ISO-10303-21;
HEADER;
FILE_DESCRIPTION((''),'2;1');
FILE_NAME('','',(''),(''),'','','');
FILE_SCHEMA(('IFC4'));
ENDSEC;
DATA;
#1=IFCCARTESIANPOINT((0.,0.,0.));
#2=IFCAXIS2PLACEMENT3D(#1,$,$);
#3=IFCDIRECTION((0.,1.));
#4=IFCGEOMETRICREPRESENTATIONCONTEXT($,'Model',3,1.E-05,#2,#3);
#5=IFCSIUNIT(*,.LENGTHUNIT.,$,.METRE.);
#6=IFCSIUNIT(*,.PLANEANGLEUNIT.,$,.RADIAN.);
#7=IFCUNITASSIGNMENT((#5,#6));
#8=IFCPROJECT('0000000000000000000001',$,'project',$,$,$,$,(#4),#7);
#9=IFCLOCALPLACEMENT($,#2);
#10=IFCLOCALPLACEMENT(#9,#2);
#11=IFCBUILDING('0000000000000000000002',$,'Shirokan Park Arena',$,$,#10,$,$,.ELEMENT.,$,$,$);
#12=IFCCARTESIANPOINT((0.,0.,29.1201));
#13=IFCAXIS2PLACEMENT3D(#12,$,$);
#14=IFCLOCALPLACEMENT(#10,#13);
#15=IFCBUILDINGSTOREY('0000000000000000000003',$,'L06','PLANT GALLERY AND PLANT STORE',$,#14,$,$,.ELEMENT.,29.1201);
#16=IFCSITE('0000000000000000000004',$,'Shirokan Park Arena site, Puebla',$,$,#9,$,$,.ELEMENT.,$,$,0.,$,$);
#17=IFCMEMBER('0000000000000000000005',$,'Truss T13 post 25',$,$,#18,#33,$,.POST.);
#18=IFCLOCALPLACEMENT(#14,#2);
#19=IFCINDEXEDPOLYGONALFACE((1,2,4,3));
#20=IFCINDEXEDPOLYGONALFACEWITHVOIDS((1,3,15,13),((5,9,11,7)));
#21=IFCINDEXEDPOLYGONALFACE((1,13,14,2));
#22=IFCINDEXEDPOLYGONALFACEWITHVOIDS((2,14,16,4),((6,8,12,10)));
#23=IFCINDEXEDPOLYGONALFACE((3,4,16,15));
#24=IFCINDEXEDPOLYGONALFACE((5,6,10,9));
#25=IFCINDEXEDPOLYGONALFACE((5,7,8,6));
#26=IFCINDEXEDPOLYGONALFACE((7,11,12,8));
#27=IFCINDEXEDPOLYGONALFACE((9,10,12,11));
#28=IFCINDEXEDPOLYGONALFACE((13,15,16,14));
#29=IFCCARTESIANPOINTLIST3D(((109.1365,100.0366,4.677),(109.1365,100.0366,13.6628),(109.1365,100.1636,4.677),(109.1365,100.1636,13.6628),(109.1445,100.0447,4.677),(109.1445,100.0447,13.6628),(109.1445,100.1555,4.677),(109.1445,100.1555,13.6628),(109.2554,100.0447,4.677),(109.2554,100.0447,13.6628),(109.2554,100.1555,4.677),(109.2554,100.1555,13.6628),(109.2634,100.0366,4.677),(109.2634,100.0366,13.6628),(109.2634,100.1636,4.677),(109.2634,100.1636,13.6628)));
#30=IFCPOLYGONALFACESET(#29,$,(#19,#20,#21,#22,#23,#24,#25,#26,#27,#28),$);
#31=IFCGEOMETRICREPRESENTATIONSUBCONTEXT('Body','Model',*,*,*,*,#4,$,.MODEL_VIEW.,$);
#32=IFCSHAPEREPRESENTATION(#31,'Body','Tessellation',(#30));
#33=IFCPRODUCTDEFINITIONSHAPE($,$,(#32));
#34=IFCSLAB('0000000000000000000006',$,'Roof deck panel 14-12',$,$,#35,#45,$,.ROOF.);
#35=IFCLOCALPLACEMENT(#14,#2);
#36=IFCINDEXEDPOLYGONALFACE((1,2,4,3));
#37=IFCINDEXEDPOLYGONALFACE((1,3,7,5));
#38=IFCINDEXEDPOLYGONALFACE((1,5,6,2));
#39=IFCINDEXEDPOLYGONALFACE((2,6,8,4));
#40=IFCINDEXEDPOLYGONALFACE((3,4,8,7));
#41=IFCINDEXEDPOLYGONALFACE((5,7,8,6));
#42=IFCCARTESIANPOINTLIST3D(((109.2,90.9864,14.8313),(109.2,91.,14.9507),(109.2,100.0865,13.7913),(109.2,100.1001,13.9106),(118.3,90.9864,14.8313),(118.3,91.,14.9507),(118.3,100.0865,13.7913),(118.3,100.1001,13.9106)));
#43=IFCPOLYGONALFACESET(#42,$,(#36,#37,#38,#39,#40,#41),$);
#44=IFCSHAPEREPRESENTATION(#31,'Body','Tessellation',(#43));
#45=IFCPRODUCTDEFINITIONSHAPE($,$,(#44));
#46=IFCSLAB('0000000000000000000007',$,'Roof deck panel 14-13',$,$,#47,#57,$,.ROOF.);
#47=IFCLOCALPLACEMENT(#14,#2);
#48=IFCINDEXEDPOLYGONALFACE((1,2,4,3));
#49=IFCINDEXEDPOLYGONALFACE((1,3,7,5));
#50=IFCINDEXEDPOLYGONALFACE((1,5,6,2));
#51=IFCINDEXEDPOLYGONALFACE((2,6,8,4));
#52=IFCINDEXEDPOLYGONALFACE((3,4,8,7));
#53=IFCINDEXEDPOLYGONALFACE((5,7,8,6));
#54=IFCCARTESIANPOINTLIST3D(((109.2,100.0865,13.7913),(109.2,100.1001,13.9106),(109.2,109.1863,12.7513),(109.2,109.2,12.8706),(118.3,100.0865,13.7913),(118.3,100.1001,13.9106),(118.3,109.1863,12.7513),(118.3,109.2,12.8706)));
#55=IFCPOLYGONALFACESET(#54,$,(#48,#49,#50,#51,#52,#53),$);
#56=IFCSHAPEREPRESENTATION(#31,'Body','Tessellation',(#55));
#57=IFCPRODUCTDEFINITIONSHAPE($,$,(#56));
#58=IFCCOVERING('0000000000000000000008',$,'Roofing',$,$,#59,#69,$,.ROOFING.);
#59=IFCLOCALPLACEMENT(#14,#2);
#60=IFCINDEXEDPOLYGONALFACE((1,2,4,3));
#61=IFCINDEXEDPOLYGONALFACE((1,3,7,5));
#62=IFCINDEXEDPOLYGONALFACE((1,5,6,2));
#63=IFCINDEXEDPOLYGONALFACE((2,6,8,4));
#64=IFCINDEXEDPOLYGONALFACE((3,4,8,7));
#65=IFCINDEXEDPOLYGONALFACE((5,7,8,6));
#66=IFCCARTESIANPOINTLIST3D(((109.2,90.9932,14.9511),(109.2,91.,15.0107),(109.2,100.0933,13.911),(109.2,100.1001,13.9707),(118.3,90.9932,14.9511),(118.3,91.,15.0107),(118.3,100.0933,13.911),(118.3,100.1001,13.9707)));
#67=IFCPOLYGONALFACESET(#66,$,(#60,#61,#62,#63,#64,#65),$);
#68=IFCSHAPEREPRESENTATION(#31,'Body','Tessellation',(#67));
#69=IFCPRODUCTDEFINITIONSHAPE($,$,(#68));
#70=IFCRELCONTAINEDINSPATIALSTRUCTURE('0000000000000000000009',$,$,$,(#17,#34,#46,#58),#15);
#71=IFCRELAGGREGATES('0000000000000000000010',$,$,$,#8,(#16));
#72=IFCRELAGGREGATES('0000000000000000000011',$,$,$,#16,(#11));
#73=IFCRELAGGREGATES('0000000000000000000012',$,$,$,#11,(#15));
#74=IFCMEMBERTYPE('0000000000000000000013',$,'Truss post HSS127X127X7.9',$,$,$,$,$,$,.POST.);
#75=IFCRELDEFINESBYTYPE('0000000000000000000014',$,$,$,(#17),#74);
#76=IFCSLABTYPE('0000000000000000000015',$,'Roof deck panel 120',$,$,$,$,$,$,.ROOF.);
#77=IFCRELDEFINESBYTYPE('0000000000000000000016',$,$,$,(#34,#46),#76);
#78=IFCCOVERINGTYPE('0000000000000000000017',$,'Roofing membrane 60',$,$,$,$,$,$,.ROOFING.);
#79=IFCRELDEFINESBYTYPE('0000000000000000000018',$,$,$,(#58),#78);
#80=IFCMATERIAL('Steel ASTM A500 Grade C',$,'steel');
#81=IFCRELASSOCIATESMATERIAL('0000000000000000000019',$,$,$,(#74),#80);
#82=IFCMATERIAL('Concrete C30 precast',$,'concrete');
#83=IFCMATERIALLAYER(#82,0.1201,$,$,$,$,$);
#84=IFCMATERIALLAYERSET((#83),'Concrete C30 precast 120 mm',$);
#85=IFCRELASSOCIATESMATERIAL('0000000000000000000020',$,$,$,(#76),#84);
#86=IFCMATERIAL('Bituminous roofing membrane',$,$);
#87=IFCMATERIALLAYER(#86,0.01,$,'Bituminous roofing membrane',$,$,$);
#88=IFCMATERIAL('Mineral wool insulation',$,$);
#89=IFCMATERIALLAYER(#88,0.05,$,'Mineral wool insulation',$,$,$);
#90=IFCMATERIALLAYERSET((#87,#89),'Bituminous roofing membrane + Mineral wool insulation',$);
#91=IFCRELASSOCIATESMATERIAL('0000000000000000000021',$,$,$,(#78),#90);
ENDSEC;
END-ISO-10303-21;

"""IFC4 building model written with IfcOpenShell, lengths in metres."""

from ifc_helpers import new_model, si_unit, direction, frame, origin, origin_2d, place, context, subcontext, project, spatial, polyline, hollow_rectangle, outline, extrude, material, layer, layer_set, material_profile, profile_set, type_object, element, save


model = new_model("IFC4")

# Units and contexts
model_context = context("Model", 3, precision=1e-05, world=origin(), true_north=direction((0.0, 1.0)))
body_context = subcontext(model_context, "Body", "Model", "MODEL_VIEW")
ifc_project = project(units=[si_unit("LENGTHUNIT", "METRE"), si_unit("PLANEANGLEUNIT", "RADIAN")], contexts=[model_context])

# Site, building, storey
site_placement = place(None, origin())
site = spatial("IfcSite", under=ifc_project, at=site_placement, Name="Shirokan Park Arena site, Puebla", CompositionType="ELEMENT", RefElevation=0.0)
building_placement = place(site_placement, origin())
building = spatial("IfcBuilding", under=site, at=building_placement, Name="Shirokan Park Arena", CompositionType="ELEMENT")
storey_placement = place(building_placement, frame((0.0, 0.0, 29.1201)))
storey = spatial("IfcBuildingStorey", under=building, at=storey_placement, Name="L06", Description="PLANT GALLERY AND PLANT STORE", CompositionType="ELEMENT", Elevation=29.1201)

# Member
ifc_material_1 = material(Name="Steel ASTM A500 Grade C", Category="steel")
ifc_material_profile_1 = material_profile(ifc_material_1, hollow_rectangle(XDim=0.127, YDim=0.127, WallThickness=0.0081, at=origin_2d()), Name="HSS127X127X7.9")
ifc_profile_set_1 = profile_set([ifc_material_profile_1], Name="Steel ASTM A500 Grade C")
member_type_1 = type_object("IfcMemberType", Name="Truss post HSS127X127X7.9", PredefinedType="POST", material=ifc_profile_set_1)
member_1_placement = place(storey_placement, frame((109.2, 100.1001, 4.677), z_axis=(0.0, 0.0, 1.0), x_axis=(1.0, 0.0, 0.0)))
element("IfcMember", 1, at=member_1_placement, inside=storey, type_object=member_type_1, Name="Truss T13 post 25", PredefinedType="POST", context=body_context, shape_type="SweptSolid", body=[
    extrude(hollow_rectangle(XDim=0.127, YDim=0.127, WallThickness=0.0081, at=origin_2d()), origin(), (0.0, 0.0, 1.0), 8.9858),
])

# Slabs
ifc_material_2 = material(Name="Concrete C30 precast", Category="concrete")
ifc_layer_1 = layer(ifc_material_2, 0.1201)
ifc_layer_set_1 = layer_set([ifc_layer_1], Name="Concrete C30 precast 120 mm")
slab_type = type_object("IfcSlabType", Name="Roof deck panel 120", PredefinedType="ROOF", material=ifc_layer_set_1)
slab_1_placement = place(storey_placement, frame((109.2, 91.0, 14.9507), z_axis=(0.0, 0.11355, 0.993532), x_axis=(1.0, 0.0, 0.0)))
element("IfcSlab", 2, at=slab_1_placement, inside=storey, type_object=slab_type, Name="Roof deck panel 14-12", PredefinedType="ROOF", context=body_context, shape_type="SweptSolid", body=[
    extrude(outline(polyline([(0.0, 0.0), (9.1001, 0.0), (9.1001, 9.1593), (0.0, 9.1593), (0.0, 0.0)])), origin(), (0.0, 0.0, -1.0), 0.1201),
])
slab_2_placement = place(storey_placement, frame((109.2, 100.1001, 13.9106), z_axis=(0.0, 0.113553, 0.993532), x_axis=(1.0, 0.0, 0.0)))
element("IfcSlab", 3, at=slab_2_placement, inside=storey, type_object=slab_type, Name="Roof deck panel 14-13", PredefinedType="ROOF", context=body_context, shape_type="SweptSolid", body=[
    extrude(outline(polyline([(0.0, 0.0), (9.1001, 0.0), (9.1001, 9.1591), (0.0, 9.1591), (0.0, 0.0)])), origin(), (0.0, 0.0, -1.0), 0.1201),
])

# Covering
ifc_material_3 = material(Name="Bituminous roofing membrane")
ifc_layer_2 = layer(ifc_material_3, 0.01, Name="Bituminous roofing membrane")
ifc_material_4 = material(Name="Mineral wool insulation")
ifc_layer_3 = layer(ifc_material_4, 0.05, Name="Mineral wool insulation")
ifc_layer_set_2 = layer_set([ifc_layer_2, ifc_layer_3], Name="Bituminous roofing membrane + Mineral wool insulation")
covering_type = type_object("IfcCoveringType", Name="Roofing membrane 60", PredefinedType="ROOFING", material=ifc_layer_set_2)
covering_placement = place(storey_placement, frame((109.2, 91.0, 15.0107), z_axis=(0.0, 0.11355, 0.993532), x_axis=(1.0, 0.0, 0.0)))
element("IfcCovering", 4, at=covering_placement, inside=storey, type_object=covering_type, Name="Roofing", PredefinedType="ROOFING", context=body_context, shape_type="SweptSolid", body=[
    extrude(outline(polyline([(0.0, 0.0), (9.1001, 0.0), (9.1001, 9.1593), (0.0, 9.1593), (0.0, 0.0)])), origin(), (0.0, 0.0, -1.0), 0.0601),
])

save(model, "model.ifc")
